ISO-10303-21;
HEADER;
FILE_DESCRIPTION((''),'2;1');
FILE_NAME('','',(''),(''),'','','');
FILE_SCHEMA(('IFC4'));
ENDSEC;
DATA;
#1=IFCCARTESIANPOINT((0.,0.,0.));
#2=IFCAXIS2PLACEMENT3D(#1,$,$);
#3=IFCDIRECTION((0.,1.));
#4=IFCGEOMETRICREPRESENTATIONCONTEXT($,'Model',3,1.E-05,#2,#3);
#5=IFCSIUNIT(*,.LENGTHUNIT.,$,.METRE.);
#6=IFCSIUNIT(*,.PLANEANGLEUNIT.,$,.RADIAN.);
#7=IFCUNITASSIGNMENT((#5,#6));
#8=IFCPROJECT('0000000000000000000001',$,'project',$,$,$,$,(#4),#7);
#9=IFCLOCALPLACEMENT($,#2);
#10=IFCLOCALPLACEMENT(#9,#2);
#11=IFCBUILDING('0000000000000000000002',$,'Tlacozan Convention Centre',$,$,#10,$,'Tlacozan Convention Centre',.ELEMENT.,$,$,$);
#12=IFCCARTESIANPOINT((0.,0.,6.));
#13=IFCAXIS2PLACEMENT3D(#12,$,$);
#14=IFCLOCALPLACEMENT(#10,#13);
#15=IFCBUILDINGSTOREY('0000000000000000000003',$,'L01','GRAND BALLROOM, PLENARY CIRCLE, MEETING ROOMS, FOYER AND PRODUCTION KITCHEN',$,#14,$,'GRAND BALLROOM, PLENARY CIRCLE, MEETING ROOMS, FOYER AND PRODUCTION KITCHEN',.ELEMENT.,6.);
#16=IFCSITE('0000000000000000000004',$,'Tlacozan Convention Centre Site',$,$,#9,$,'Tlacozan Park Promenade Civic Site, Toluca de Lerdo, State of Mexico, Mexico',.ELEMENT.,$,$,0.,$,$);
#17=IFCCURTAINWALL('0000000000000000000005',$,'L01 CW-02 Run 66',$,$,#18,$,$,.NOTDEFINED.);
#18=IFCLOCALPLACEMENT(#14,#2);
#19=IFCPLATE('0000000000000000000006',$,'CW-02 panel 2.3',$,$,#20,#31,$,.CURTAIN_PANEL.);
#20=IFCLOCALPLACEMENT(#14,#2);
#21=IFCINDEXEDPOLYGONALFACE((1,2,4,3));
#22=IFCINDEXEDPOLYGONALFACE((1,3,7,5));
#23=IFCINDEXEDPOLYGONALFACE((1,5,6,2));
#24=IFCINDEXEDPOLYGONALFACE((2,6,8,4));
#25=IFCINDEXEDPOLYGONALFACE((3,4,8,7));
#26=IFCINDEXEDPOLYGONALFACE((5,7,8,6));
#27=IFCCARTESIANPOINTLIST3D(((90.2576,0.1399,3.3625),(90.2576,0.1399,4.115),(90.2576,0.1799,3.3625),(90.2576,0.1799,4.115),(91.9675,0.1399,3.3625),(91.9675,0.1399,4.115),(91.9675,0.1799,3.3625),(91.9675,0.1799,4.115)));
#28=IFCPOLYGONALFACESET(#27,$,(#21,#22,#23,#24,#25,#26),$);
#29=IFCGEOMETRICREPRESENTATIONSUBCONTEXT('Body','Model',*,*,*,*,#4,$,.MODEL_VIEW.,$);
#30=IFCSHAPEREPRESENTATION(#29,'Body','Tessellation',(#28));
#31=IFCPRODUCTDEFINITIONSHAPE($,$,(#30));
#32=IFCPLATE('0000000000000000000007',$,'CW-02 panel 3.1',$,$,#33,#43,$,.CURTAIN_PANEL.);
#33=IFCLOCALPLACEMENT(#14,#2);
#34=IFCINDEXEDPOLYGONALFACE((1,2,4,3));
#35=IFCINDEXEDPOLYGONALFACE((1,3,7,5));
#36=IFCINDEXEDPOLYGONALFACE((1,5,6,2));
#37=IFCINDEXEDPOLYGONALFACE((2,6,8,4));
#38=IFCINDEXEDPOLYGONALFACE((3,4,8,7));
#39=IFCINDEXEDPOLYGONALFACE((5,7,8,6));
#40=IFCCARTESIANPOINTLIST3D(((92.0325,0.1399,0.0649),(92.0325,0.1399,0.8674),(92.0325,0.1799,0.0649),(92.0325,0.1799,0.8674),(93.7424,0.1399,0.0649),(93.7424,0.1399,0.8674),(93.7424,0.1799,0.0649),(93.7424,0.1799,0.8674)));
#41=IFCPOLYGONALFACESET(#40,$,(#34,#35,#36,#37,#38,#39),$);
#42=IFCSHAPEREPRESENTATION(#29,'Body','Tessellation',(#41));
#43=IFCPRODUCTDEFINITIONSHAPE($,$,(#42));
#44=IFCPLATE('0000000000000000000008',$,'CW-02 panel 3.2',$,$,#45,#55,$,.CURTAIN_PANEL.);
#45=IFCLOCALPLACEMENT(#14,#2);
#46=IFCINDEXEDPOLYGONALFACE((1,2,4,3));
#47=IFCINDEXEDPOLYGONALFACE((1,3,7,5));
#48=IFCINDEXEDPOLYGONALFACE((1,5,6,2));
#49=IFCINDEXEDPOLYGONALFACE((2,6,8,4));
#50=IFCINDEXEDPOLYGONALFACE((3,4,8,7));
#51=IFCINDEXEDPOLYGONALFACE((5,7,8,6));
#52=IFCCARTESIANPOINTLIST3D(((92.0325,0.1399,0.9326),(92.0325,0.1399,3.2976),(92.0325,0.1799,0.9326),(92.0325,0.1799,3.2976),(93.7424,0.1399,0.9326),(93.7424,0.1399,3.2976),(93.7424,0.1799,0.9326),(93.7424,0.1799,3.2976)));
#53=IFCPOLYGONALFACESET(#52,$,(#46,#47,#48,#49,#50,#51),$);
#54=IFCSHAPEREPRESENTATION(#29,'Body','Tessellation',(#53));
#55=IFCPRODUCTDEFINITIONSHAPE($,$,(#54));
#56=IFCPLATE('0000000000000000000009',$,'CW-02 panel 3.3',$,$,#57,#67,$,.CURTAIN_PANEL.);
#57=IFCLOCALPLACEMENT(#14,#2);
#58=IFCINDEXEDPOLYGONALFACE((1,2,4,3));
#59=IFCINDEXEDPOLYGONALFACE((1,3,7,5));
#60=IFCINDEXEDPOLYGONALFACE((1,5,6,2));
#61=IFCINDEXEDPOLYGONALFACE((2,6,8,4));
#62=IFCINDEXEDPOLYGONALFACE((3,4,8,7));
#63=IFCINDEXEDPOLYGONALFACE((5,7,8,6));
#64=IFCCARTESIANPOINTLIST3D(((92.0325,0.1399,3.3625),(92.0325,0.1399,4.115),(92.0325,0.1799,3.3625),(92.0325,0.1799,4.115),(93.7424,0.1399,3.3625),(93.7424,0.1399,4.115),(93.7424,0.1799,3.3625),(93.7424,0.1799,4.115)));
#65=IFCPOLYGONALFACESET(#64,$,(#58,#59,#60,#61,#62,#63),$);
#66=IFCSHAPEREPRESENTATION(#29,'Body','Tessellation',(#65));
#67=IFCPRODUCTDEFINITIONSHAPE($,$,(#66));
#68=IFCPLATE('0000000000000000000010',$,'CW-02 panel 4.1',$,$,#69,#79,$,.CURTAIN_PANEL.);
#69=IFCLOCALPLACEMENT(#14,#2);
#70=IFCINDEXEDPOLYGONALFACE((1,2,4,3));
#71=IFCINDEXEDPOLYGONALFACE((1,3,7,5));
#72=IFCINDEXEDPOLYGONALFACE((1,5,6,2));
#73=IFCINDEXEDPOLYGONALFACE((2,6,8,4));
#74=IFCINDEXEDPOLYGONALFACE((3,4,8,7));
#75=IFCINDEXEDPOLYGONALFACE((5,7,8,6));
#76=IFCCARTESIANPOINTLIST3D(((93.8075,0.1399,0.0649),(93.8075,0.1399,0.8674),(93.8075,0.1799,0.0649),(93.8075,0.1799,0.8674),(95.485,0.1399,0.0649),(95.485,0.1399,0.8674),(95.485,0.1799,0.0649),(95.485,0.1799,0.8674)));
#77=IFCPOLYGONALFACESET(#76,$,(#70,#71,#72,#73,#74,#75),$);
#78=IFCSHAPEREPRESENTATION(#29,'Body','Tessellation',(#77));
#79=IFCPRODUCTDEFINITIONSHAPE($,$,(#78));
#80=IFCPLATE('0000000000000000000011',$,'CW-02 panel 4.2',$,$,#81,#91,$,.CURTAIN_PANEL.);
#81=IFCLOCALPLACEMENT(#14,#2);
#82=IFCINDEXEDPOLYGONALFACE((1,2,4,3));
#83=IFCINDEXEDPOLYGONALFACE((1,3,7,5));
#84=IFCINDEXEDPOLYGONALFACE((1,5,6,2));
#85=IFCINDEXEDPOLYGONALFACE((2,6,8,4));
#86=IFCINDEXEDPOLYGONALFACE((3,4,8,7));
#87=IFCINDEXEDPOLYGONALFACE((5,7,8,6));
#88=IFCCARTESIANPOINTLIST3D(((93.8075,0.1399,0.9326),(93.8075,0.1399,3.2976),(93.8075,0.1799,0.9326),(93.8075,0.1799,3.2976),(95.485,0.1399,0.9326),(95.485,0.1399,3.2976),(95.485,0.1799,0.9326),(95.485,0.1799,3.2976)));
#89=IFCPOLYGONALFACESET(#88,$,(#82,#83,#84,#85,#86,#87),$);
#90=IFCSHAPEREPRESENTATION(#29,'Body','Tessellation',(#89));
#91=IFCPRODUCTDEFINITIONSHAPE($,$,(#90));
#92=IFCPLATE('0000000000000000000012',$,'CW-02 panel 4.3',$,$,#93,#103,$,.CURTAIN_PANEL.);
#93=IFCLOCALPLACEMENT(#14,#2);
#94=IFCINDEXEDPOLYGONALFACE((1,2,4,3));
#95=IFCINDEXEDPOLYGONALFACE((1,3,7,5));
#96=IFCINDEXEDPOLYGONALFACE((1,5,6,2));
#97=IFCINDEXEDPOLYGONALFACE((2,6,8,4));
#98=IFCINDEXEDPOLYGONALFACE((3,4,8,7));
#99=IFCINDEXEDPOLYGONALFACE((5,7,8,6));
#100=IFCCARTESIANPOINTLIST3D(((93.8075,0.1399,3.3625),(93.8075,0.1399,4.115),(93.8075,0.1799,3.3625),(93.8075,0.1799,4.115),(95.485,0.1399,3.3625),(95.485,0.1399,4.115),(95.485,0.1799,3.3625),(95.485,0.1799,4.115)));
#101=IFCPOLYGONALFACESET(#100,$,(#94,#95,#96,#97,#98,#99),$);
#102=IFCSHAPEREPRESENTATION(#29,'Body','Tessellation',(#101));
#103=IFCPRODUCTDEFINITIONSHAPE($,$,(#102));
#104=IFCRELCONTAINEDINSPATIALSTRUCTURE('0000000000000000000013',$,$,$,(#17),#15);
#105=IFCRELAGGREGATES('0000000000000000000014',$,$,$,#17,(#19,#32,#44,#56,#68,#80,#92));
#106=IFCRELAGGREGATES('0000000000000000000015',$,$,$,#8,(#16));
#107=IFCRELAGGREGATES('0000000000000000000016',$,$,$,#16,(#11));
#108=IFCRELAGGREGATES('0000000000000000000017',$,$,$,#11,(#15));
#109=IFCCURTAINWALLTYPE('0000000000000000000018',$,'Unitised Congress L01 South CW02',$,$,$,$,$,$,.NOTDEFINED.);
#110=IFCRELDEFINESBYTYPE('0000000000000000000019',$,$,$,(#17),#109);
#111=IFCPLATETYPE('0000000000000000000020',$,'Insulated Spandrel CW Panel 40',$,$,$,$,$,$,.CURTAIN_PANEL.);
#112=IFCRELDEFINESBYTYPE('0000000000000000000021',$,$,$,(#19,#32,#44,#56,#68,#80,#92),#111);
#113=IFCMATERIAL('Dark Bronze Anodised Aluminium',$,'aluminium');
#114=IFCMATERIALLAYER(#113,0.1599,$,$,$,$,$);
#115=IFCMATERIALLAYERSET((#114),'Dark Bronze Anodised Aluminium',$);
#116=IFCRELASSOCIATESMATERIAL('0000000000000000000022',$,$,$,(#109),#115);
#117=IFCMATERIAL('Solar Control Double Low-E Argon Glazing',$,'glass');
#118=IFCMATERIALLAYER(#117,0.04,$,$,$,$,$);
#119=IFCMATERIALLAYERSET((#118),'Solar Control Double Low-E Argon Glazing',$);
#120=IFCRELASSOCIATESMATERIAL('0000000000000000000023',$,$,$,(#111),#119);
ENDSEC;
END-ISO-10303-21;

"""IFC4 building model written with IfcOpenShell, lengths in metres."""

from ifc_helpers import new_model, si_unit, direction, frame, origin, origin_2d, place, context, subcontext, project, spatial, rectangle, extrude, material, layer, layer_set, type_object, element, aggregate, save


model = new_model("IFC4")

# Units and contexts
model_context = context("Model", 3, precision=1e-05, world=origin(), true_north=direction((0.0, 1.0)))
body_context = subcontext(model_context, "Body", "Model", "MODEL_VIEW")
ifc_project = project(units=[si_unit("LENGTHUNIT", "METRE"), si_unit("PLANEANGLEUNIT", "RADIAN")], contexts=[model_context])

# Site, building, storey
site_placement = place(None, origin())
site = spatial("IfcSite", under=ifc_project, at=site_placement, Name="Tlacozan Convention Centre Site", LongName="Tlacozan Park Promenade Civic Site, Toluca de Lerdo, State of Mexico, Mexico", CompositionType="ELEMENT", RefElevation=0.0)
building_placement = place(site_placement, origin())
building = spatial("IfcBuilding", under=site, at=building_placement, Name="Tlacozan Convention Centre", LongName="Tlacozan Convention Centre", CompositionType="ELEMENT")
storey_placement = place(building_placement, frame((0.0, 0.0, 6.0)))
storey = spatial("IfcBuildingStorey", under=building, at=storey_placement, Name="L01", Description="GRAND BALLROOM, PLENARY CIRCLE, MEETING ROOMS, FOYER AND PRODUCTION KITCHEN", LongName="GRAND BALLROOM, PLENARY CIRCLE, MEETING ROOMS, FOYER AND PRODUCTION KITCHEN", CompositionType="ELEMENT", Elevation=6.0)

# Curtain wall, plates
ifc_material_1 = material(Name="Dark Bronze Anodised Aluminium", Category="aluminium")
ifc_layer_1 = layer(ifc_material_1, 0.1599)
ifc_layer_set_1 = layer_set([ifc_layer_1], Name="Dark Bronze Anodised Aluminium")
curtain_wall_type = type_object("IfcCurtainWallType", Name="Unitised Congress L01 South CW02", PredefinedType="NOTDEFINED", material=ifc_layer_set_1)
curtain_wall_placement = place(storey_placement, origin())
curtain_wall = element("IfcCurtainWall", 1, at=curtain_wall_placement, inside=storey, type_object=curtain_wall_type, Name="L01 CW-02 Run 66", PredefinedType="NOTDEFINED")
ifc_material_2 = material(Name="Solar Control Double Low-E Argon Glazing", Category="glass")
ifc_layer_2 = layer(ifc_material_2, 0.04)
ifc_layer_set_2 = layer_set([ifc_layer_2], Name="Solar Control Double Low-E Argon Glazing")
plate_type = type_object("IfcPlateType", Name="Insulated Spandrel CW Panel 40", PredefinedType="CURTAIN_PANEL", material=ifc_layer_set_2)
plate_1_placement = place(storey_placement, frame((91.1125, 0.1599, 3.3625), z_axis=(0.0, 0.0, 1.0), x_axis=(1.0, 0.0, 0.0)))
plate_1 = element("IfcPlate", 2, at=plate_1_placement, type_object=plate_type, Name="CW-02 panel 2.3", PredefinedType="CURTAIN_PANEL", context=body_context, shape_type="SweptSolid", body=[
    extrude(rectangle(XDim=1.71, YDim=0.04, at=origin_2d()), origin(), (0.0, 0.0, 1.0), 0.7524),
])
plate_2_placement = place(storey_placement, frame((92.8875, 0.1599, 0.0649), z_axis=(0.0, 0.0, 1.0), x_axis=(1.0, 0.0, 0.0)))
plate_2 = element("IfcPlate", 3, at=plate_2_placement, type_object=plate_type, Name="CW-02 panel 3.1", PredefinedType="CURTAIN_PANEL", context=body_context, shape_type="SweptSolid", body=[
    extrude(rectangle(XDim=1.71, YDim=0.04, at=origin_2d()), origin(), (0.0, 0.0, 1.0), 0.8025),
])
plate_3_placement = place(storey_placement, frame((92.8875, 0.1599, 0.9326), z_axis=(0.0, 0.0, 1.0), x_axis=(1.0, 0.0, 0.0)))
plate_3 = element("IfcPlate", 4, at=plate_3_placement, type_object=plate_type, Name="CW-02 panel 3.2", PredefinedType="CURTAIN_PANEL", context=body_context, shape_type="SweptSolid", body=[
    extrude(rectangle(XDim=1.71, YDim=0.04, at=origin_2d()), origin(), (0.0, 0.0, 1.0), 2.365),
])
plate_4_placement = place(storey_placement, frame((92.8875, 0.1599, 3.3625), z_axis=(0.0, 0.0, 1.0), x_axis=(1.0, 0.0, 0.0)))
plate_4 = element("IfcPlate", 5, at=plate_4_placement, type_object=plate_type, Name="CW-02 panel 3.3", PredefinedType="CURTAIN_PANEL", context=body_context, shape_type="SweptSolid", body=[
    extrude(rectangle(XDim=1.71, YDim=0.04, at=origin_2d()), origin(), (0.0, 0.0, 1.0), 0.7524),
])
plate_5_placement = place(storey_placement, frame((94.6462, 0.1599, 0.0649), z_axis=(0.0, 0.0, 1.0), x_axis=(1.0, 0.0, 0.0)))
plate_5 = element("IfcPlate", 6, at=plate_5_placement, type_object=plate_type, Name="CW-02 panel 4.1", PredefinedType="CURTAIN_PANEL", context=body_context, shape_type="SweptSolid", body=[
    extrude(rectangle(XDim=1.6775, YDim=0.04, at=origin_2d()), origin(), (0.0, 0.0, 1.0), 0.8025),
])
plate_6_placement = place(storey_placement, frame((94.6462, 0.1599, 0.9326), z_axis=(0.0, 0.0, 1.0), x_axis=(1.0, 0.0, 0.0)))
plate_6 = element("IfcPlate", 7, at=plate_6_placement, type_object=plate_type, Name="CW-02 panel 4.2", PredefinedType="CURTAIN_PANEL", context=body_context, shape_type="SweptSolid", body=[
    extrude(rectangle(XDim=1.6775, YDim=0.04, at=origin_2d()), origin(), (0.0, 0.0, 1.0), 2.365),
])
plate_7_placement = place(storey_placement, frame((94.6462, 0.1599, 3.3625), z_axis=(0.0, 0.0, 1.0), x_axis=(1.0, 0.0, 0.0)))
plate_7 = element("IfcPlate", 8, at=plate_7_placement, type_object=plate_type, Name="CW-02 panel 4.3", PredefinedType="CURTAIN_PANEL", context=body_context, shape_type="SweptSolid", body=[
    extrude(rectangle(XDim=1.6775, YDim=0.04, at=origin_2d()), origin(), (0.0, 0.0, 1.0), 0.7524),
])
aggregate(curtain_wall, [plate_1, plate_2, plate_3, plate_4, plate_5, plate_6, plate_7])

save(model, "model.ifc")
